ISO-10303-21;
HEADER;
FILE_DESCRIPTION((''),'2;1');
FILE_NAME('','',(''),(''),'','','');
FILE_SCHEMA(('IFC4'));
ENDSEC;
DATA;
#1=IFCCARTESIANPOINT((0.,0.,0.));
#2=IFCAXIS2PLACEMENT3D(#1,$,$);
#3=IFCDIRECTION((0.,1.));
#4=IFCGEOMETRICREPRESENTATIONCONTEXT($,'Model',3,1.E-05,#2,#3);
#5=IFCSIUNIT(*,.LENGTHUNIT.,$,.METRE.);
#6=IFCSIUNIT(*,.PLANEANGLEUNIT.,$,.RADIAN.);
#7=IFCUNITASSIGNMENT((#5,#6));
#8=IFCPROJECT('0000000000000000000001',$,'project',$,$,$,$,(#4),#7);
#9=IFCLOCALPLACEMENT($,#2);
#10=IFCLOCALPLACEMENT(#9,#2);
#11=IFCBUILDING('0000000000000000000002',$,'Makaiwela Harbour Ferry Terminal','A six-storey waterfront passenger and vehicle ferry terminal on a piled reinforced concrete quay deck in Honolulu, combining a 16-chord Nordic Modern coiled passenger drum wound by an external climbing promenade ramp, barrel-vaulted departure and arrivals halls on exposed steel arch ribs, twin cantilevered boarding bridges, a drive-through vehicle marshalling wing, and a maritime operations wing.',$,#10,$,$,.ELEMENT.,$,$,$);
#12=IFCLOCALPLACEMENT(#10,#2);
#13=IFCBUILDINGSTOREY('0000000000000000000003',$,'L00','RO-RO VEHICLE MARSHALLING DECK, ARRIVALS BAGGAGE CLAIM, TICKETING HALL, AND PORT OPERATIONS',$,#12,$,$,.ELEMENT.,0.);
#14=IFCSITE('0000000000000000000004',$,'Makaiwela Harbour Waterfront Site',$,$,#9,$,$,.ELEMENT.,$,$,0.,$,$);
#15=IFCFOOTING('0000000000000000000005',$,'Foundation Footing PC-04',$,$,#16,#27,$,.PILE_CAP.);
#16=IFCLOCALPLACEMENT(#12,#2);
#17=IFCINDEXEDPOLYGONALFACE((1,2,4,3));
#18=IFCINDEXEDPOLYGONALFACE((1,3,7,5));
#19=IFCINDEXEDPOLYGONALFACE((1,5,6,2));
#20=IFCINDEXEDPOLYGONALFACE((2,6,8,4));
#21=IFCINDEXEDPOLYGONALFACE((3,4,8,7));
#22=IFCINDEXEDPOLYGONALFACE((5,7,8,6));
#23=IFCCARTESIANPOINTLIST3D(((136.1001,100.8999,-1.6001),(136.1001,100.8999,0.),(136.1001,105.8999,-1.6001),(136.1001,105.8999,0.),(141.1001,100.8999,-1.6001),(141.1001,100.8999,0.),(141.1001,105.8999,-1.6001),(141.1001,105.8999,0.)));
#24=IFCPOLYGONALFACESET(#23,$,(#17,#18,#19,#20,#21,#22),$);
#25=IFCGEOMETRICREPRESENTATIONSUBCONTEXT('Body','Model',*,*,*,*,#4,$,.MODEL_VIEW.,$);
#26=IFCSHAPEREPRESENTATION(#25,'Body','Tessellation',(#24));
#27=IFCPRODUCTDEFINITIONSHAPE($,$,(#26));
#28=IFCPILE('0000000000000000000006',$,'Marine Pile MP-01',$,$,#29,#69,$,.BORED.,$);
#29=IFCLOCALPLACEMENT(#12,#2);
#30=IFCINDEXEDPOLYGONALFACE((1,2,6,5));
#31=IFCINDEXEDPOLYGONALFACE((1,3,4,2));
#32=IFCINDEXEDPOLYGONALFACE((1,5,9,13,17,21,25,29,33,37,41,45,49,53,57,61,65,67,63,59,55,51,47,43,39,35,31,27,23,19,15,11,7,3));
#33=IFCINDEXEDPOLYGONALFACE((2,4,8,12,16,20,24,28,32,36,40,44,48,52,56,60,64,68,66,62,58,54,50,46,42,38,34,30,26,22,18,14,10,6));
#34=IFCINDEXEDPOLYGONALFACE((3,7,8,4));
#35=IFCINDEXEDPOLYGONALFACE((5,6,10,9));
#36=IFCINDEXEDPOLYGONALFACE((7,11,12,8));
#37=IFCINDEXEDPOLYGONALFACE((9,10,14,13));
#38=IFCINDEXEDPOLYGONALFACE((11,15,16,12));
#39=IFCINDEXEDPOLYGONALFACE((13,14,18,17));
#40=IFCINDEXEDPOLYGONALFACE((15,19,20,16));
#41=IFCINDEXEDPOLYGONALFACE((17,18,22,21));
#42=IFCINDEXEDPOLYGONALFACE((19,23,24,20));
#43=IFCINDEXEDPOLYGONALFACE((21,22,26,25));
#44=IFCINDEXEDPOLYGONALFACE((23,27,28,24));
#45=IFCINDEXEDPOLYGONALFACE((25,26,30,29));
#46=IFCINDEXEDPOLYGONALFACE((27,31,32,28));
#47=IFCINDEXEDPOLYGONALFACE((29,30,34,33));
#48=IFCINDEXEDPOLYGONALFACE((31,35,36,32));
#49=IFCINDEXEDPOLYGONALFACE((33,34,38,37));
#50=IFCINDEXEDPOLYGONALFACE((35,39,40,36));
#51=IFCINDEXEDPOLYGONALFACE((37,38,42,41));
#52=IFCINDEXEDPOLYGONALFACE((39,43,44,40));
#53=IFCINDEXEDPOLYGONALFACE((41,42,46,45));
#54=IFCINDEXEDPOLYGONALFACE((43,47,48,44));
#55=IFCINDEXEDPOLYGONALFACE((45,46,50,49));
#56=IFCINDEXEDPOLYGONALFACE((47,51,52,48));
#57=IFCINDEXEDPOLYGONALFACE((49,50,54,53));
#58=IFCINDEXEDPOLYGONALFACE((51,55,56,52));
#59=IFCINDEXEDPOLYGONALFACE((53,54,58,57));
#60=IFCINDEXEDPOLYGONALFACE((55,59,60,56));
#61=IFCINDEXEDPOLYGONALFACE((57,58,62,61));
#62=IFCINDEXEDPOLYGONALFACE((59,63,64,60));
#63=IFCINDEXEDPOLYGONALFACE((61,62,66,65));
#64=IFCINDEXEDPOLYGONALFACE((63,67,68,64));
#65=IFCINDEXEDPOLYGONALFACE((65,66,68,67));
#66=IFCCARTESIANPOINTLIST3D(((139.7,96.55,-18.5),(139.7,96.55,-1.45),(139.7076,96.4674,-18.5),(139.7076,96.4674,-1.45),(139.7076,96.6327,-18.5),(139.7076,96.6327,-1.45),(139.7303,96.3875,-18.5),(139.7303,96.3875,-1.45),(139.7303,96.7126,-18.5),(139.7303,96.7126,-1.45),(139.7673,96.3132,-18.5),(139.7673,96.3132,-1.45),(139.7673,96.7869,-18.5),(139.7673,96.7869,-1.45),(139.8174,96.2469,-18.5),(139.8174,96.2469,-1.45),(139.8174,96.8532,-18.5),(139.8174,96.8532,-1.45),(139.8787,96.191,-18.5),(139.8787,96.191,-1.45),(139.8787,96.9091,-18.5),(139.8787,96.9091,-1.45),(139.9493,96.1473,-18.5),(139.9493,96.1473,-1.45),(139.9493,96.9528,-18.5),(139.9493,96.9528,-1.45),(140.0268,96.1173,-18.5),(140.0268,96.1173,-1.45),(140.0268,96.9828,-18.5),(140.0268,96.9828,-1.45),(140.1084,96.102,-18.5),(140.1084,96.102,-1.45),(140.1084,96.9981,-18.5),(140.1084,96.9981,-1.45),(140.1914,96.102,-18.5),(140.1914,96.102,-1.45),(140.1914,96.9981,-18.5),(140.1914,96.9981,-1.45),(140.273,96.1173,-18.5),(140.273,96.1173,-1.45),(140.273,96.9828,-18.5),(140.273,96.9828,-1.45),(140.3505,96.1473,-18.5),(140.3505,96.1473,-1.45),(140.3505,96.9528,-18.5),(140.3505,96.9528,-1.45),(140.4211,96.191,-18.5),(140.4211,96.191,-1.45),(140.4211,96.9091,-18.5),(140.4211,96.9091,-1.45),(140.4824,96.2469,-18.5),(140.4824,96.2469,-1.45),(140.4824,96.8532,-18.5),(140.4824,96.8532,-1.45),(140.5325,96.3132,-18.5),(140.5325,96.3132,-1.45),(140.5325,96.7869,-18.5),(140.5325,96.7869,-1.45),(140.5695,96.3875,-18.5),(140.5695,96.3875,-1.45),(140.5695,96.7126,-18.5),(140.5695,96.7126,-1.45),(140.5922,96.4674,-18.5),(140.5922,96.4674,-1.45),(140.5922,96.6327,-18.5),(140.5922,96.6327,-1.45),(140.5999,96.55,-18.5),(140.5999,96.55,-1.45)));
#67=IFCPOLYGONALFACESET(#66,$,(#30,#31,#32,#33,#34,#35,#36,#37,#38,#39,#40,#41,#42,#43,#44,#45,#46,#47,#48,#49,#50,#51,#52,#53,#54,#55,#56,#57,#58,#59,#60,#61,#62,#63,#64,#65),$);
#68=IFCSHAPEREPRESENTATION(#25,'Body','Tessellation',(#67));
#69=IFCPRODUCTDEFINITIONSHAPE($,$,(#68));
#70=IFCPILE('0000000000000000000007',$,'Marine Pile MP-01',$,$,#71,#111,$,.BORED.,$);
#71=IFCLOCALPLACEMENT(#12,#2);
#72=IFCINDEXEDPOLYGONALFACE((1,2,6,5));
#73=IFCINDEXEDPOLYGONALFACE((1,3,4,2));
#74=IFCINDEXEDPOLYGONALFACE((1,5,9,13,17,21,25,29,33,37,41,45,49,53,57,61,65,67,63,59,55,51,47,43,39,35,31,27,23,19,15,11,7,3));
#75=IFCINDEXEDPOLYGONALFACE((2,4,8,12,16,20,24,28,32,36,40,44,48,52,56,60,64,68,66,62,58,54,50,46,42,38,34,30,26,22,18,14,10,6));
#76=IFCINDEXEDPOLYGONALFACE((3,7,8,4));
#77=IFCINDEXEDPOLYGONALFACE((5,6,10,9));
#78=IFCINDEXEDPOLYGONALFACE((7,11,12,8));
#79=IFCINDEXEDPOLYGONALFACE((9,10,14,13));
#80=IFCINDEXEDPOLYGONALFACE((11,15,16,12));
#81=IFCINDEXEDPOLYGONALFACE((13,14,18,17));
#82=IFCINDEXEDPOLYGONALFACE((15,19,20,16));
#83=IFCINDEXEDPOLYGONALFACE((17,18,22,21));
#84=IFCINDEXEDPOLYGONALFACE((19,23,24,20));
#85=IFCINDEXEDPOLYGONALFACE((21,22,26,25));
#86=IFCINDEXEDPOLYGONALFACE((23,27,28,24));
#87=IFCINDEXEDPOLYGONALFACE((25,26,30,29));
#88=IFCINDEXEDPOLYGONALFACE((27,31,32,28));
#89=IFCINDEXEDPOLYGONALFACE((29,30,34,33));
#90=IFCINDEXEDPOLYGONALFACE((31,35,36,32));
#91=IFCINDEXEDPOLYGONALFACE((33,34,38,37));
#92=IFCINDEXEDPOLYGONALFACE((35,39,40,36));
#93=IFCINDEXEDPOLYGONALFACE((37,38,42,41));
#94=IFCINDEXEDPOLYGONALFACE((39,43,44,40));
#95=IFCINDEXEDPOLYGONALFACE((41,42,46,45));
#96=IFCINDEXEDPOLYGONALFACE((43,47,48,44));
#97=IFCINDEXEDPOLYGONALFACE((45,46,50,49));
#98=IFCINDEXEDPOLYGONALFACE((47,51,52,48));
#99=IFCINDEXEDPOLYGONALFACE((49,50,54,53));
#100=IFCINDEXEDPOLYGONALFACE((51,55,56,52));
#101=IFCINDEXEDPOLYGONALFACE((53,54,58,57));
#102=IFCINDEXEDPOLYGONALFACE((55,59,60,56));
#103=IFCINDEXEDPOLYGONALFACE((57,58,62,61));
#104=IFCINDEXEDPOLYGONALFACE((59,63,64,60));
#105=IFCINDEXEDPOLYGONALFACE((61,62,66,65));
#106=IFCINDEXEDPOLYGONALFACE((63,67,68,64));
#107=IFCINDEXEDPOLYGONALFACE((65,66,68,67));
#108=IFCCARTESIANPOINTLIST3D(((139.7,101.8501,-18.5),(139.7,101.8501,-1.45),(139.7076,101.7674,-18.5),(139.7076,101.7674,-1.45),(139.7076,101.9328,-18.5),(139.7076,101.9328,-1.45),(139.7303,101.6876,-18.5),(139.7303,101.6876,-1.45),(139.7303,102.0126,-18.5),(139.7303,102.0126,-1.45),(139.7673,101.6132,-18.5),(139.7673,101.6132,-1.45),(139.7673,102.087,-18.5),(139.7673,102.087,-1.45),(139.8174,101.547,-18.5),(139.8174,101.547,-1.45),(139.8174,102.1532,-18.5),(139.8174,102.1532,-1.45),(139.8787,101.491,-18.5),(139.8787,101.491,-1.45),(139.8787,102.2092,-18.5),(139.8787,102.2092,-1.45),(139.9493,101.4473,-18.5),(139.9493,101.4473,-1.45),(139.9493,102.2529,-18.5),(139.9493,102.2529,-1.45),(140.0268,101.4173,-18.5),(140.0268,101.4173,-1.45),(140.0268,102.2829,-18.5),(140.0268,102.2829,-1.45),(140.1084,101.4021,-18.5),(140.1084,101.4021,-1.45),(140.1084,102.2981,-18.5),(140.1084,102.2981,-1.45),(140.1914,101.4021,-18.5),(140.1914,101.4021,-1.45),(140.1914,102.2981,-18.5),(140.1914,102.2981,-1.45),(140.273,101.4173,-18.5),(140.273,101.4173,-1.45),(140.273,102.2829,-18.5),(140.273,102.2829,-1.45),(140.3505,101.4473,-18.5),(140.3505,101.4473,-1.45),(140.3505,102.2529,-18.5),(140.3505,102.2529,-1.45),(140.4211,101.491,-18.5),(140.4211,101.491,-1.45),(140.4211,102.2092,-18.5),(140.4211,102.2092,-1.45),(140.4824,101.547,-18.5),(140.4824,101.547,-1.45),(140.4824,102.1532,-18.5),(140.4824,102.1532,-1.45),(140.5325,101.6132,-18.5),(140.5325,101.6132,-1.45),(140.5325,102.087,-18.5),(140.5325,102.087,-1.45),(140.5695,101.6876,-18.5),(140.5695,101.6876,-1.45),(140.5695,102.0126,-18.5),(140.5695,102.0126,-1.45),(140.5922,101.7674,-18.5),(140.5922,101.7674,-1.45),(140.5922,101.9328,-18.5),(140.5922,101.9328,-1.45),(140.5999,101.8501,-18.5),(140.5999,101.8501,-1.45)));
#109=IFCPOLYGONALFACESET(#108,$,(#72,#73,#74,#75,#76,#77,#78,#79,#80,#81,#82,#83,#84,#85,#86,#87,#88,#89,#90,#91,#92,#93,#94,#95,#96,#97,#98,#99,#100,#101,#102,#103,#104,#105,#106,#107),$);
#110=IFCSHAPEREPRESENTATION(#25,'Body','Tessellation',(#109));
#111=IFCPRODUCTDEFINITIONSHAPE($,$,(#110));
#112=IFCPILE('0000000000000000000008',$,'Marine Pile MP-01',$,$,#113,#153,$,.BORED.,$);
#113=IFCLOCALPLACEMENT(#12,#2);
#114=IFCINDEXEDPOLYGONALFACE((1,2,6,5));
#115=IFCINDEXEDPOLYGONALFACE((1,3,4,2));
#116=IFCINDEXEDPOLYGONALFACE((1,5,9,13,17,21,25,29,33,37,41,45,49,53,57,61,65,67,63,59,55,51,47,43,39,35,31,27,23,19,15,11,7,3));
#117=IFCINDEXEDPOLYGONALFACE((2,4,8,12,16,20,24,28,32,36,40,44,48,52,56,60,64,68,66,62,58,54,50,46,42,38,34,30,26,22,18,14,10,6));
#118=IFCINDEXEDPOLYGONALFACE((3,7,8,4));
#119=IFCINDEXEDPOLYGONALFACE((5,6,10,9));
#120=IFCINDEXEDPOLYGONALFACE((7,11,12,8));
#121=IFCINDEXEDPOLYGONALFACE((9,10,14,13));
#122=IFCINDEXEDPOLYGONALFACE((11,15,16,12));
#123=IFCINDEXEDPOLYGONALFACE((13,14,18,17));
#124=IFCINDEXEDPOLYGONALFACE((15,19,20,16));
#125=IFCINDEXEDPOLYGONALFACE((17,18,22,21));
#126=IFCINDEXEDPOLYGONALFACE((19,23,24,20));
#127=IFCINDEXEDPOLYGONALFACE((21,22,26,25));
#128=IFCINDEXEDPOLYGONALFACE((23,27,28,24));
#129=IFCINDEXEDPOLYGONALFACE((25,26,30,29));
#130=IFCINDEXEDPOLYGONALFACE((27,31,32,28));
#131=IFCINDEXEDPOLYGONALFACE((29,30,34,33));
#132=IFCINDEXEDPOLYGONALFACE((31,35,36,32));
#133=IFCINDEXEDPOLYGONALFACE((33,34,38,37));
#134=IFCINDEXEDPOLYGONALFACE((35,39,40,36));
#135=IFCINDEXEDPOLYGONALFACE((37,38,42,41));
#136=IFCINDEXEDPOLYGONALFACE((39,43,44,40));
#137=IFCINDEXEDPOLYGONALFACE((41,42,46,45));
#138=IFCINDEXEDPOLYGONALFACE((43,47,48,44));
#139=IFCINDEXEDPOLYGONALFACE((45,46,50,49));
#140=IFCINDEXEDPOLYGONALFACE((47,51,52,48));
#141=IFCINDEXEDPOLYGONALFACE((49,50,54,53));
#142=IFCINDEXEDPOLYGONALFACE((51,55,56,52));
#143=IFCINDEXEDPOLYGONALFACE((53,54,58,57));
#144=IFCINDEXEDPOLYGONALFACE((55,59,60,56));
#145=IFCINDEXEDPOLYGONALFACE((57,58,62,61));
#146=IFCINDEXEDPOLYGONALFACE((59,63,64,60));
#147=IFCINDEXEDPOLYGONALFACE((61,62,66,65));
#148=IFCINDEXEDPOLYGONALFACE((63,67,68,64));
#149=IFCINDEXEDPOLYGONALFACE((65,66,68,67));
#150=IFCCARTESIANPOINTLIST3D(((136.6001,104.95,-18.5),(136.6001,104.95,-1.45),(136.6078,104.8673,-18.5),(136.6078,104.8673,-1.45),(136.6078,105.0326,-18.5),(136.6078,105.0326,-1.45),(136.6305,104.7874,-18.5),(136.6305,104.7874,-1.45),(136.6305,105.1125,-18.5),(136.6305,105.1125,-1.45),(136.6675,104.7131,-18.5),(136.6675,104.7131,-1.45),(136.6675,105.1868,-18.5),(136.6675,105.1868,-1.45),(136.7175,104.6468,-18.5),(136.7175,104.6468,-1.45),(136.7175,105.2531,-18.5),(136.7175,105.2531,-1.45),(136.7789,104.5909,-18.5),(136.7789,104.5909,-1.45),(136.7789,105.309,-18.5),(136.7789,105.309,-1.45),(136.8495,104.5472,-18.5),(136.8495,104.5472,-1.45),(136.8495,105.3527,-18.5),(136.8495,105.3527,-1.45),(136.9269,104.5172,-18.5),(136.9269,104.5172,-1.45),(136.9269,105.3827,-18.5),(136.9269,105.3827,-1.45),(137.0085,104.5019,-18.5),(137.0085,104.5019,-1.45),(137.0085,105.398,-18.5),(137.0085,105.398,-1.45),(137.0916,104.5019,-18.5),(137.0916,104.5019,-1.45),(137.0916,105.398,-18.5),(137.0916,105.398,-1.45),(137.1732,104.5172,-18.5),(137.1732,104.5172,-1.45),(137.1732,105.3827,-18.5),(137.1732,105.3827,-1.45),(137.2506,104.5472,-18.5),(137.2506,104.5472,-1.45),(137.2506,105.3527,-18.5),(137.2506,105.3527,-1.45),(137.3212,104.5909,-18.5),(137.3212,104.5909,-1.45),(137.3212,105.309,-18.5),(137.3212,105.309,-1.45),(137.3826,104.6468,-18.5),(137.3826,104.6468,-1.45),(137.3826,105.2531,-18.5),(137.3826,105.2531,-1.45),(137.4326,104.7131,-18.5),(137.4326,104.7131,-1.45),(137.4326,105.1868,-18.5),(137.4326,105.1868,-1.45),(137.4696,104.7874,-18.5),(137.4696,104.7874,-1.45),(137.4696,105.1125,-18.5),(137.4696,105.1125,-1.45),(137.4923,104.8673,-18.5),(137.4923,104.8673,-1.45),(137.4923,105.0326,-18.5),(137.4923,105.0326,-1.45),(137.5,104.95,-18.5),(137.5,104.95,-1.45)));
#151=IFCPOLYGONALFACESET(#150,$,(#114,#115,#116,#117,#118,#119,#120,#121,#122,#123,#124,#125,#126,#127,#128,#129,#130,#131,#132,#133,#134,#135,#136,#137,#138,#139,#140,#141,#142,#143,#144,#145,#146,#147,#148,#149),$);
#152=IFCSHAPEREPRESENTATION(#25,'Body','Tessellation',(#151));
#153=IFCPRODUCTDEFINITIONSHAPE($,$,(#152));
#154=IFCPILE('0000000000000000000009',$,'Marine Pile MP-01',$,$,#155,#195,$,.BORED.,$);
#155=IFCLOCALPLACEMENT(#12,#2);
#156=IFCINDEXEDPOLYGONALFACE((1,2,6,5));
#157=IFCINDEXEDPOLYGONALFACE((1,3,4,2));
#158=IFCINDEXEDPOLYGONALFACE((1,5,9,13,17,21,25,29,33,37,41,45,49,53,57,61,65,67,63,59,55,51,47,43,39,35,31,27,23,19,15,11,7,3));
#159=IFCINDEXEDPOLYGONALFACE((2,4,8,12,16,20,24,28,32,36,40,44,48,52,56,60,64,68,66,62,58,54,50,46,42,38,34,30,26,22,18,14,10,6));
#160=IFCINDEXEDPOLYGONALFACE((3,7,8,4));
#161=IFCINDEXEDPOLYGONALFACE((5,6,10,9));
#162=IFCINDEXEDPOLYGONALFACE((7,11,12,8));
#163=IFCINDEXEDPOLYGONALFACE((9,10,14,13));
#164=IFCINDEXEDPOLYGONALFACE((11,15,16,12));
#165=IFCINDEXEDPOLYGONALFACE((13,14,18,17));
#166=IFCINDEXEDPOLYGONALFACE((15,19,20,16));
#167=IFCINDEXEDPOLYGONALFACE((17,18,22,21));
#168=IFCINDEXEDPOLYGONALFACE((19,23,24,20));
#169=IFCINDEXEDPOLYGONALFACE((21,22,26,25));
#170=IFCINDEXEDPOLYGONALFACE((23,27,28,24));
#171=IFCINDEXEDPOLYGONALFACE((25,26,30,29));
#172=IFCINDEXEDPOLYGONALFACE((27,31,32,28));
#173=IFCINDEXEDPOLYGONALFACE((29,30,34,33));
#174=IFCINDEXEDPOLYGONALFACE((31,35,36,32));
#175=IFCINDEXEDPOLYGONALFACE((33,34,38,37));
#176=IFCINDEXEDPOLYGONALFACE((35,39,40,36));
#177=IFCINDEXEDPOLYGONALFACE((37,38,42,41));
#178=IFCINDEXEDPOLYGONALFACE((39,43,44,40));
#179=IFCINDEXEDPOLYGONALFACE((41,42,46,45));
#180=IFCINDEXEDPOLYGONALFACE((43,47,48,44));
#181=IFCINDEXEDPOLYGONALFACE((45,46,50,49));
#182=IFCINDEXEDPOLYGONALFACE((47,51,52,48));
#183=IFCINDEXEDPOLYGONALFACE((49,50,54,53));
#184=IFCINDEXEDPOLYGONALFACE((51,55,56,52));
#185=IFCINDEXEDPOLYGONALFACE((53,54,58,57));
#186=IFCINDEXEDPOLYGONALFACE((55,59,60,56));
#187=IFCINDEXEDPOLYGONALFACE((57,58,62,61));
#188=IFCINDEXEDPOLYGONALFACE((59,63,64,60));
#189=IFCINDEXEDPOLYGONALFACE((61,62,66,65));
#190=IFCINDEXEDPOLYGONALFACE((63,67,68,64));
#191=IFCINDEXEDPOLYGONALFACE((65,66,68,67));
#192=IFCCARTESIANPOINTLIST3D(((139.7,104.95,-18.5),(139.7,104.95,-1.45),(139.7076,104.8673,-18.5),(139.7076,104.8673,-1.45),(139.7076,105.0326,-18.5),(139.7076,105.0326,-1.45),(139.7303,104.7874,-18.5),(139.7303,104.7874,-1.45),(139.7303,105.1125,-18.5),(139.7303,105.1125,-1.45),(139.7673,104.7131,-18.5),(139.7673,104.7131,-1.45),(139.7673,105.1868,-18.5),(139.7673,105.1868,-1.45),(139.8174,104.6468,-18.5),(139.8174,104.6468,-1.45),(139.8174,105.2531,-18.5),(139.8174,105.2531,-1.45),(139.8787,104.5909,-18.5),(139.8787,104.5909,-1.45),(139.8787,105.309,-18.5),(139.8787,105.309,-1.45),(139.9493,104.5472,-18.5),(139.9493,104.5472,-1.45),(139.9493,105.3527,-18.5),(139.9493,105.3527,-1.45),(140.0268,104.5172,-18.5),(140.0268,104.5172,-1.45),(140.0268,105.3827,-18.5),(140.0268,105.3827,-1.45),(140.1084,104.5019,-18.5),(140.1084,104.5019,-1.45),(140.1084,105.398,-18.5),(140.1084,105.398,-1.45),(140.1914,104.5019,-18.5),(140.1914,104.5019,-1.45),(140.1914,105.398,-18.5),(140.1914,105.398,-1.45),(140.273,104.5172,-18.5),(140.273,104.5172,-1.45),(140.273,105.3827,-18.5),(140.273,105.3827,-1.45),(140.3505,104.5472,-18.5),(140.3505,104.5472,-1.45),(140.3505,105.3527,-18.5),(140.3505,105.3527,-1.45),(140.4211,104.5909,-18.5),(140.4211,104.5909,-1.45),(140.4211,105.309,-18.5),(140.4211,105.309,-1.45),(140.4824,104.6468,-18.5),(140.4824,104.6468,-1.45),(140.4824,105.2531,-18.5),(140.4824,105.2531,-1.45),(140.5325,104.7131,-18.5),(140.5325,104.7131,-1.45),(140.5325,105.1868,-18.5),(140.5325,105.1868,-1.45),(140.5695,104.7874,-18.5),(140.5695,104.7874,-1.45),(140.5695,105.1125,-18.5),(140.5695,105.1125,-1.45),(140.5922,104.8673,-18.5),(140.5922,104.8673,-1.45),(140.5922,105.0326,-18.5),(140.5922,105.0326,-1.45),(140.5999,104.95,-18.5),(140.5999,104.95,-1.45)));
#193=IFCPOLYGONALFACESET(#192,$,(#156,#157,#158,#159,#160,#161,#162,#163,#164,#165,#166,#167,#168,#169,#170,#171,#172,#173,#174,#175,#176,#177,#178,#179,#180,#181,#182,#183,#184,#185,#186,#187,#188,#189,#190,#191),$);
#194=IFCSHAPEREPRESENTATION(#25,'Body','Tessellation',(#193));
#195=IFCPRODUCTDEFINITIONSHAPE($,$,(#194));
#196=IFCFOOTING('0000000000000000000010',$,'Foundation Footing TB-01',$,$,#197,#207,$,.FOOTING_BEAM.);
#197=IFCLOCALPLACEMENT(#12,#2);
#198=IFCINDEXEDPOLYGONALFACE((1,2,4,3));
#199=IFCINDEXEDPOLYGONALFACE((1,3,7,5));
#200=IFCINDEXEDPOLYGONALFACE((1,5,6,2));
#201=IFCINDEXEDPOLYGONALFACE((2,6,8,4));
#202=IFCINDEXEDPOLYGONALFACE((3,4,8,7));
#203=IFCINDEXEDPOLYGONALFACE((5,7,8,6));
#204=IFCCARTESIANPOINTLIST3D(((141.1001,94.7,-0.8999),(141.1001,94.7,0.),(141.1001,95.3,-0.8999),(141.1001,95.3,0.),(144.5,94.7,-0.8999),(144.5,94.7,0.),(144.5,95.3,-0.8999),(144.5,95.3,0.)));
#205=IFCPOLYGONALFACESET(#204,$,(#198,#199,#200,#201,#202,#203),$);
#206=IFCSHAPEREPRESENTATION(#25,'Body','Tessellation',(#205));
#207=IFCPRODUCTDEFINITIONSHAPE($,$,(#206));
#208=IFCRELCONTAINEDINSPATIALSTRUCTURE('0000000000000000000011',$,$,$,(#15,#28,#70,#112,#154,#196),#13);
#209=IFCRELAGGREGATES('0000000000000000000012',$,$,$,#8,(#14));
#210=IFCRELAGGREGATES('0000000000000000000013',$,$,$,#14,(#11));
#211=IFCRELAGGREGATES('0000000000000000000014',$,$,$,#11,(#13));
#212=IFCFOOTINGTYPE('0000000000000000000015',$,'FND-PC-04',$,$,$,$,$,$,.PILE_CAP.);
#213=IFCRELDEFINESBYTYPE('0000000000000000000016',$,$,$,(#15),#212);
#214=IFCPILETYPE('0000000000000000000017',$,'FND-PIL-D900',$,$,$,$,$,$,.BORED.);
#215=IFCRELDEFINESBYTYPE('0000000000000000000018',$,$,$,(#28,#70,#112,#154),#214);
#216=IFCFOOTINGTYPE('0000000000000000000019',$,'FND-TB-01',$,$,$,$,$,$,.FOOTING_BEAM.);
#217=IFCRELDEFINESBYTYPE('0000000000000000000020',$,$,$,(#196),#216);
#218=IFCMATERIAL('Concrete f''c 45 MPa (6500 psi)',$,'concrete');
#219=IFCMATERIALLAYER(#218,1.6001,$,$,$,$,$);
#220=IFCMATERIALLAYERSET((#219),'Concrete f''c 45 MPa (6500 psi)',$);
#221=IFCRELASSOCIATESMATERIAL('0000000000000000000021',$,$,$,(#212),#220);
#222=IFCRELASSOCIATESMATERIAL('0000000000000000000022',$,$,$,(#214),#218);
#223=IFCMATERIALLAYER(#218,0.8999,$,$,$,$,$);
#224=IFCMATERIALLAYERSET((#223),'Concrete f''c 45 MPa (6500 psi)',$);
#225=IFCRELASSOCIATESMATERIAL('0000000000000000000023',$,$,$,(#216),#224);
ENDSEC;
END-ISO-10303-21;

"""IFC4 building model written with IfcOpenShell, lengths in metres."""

from ifc_helpers import new_model, si_unit, direction, frame, origin, origin_2d, place, context, subcontext, project, spatial, rectangle, circle, extrude, material, layer, layer_set, material_profile, profile_set, type_object, element, save


model = new_model("IFC4")

# Units and contexts
model_context = context("Model", 3, precision=1e-05, world=origin(), true_north=direction((0.0, 1.0)))
body_context = subcontext(model_context, "Body", "Model", "MODEL_VIEW")
ifc_project = project(units=[si_unit("LENGTHUNIT", "METRE"), si_unit("PLANEANGLEUNIT", "RADIAN")], contexts=[model_context])

# Site, building, storey
site_placement = place(None, origin())
site = spatial("IfcSite", under=ifc_project, at=site_placement, Name="Makaiwela Harbour Waterfront Site", CompositionType="ELEMENT", RefElevation=0.0)
building_placement = place(site_placement, origin())
building = spatial("IfcBuilding", under=site, at=building_placement, Name="Makaiwela Harbour Ferry Terminal", Description="A six-storey waterfront passenger and vehicle ferry terminal on a piled reinforced concrete quay deck in Honolulu, combining a 16-chord Nordic Modern coiled passenger drum wound by an external climbing promenade ramp, barrel-vaulted departure and arrivals halls on exposed steel arch ribs, twin cantilevered boarding bridges, a drive-through vehicle marshalling wing, and a maritime operations wing.", CompositionType="ELEMENT")
storey_placement = place(building_placement, origin())
storey = spatial("IfcBuildingStorey", under=building, at=storey_placement, Name="L00", Description="RO-RO VEHICLE MARSHALLING DECK, ARRIVALS BAGGAGE CLAIM, TICKETING HALL, AND PORT OPERATIONS", CompositionType="ELEMENT", Elevation=0.0)

# Footing
ifc_material_1 = material(Name="Concrete f'c 45 MPa (6500 psi)", Category="concrete")
ifc_layer_1 = layer(ifc_material_1, 1.6001)
ifc_layer_set_1 = layer_set([ifc_layer_1], Name="Concrete f'c 45 MPa (6500 psi)")
footing_type_1 = type_object("IfcFootingType", Name="FND-PC-04", PredefinedType="PILE_CAP", material=ifc_layer_set_1)
footing_1_placement = place(storey_placement, frame((138.6001, 103.3999, -1.6001), z_axis=(0.0, 0.0, 1.0), x_axis=(1.0, 0.0, 0.0)))
element("IfcFooting", 1, at=footing_1_placement, inside=storey, type_object=footing_type_1, Name="Foundation Footing PC-04", PredefinedType="PILE_CAP", context=body_context, shape_type="SweptSolid", body=[
    extrude(rectangle(XDim=5.0, YDim=5.0, at=origin_2d()), origin(), (0.0, 0.0, 1.0), 1.6001),
])

# Piles
ifc_material_profile_1 = material_profile(ifc_material_1, circle(Radius=0.45, at=origin_2d()), Name="PILE-D900")
ifc_profile_set_1 = profile_set([ifc_material_profile_1], Name="Concrete f'c 45 MPa (6500 psi)")
pile_type = type_object("IfcPileType", Name="FND-PIL-D900", PredefinedType="BORED", material=ifc_profile_set_1)
for number, where, z_axis, x_axis, name in (
    (2, (140.1499, 96.55, -1.45), (0.0, 0.0, -1.0), (1.0, 0.0, 0.0), "Marine Pile MP-01"),
    (3, (140.1499, 101.8501, -1.45), (0.0, 0.0, -1.0), (1.0, 0.0, 0.0), "Marine Pile MP-01"),
    (4, (137.05, 104.95, -1.45), (0.0, 0.0, -1.0), (1.0, 0.0, 0.0), "Marine Pile MP-01"),
    (5, (140.1499, 104.95, -1.45), (0.0, 0.0, -1.0), (1.0, 0.0, 0.0), "Marine Pile MP-01"),
):
    element("IfcPile", number, at=place(storey_placement, frame(where, z_axis=z_axis, x_axis=x_axis)), inside=storey, type_object=pile_type, Name=name, PredefinedType="BORED", context=body_context, shape_type="SweptSolid", body=[
        extrude(circle(Radius=0.45, at=origin_2d()), origin(), (0.0, 0.0, 1.0), 17.05),
    ])

# Footing
ifc_layer_2 = layer(ifc_material_1, 0.8999)
ifc_layer_set_2 = layer_set([ifc_layer_2], Name="Concrete f'c 45 MPa (6500 psi)")
footing_type_2 = type_object("IfcFootingType", Name="FND-TB-01", PredefinedType="FOOTING_BEAM", material=ifc_layer_set_2)
footing_2_placement = place(storey_placement, frame((142.8, 95.0, -0.8999), z_axis=(0.0, 0.0, 1.0), x_axis=(1.0, 0.0, 0.0)))
element("IfcFooting", 6, at=footing_2_placement, inside=storey, type_object=footing_type_2, Name="Foundation Footing TB-01", PredefinedType="FOOTING_BEAM", context=body_context, shape_type="SweptSolid", body=[
    extrude(rectangle(XDim=3.3999, YDim=0.6001, at=origin_2d()), origin(), (0.0, 0.0, 1.0), 0.8999),
])

save(model, "model.ifc")
